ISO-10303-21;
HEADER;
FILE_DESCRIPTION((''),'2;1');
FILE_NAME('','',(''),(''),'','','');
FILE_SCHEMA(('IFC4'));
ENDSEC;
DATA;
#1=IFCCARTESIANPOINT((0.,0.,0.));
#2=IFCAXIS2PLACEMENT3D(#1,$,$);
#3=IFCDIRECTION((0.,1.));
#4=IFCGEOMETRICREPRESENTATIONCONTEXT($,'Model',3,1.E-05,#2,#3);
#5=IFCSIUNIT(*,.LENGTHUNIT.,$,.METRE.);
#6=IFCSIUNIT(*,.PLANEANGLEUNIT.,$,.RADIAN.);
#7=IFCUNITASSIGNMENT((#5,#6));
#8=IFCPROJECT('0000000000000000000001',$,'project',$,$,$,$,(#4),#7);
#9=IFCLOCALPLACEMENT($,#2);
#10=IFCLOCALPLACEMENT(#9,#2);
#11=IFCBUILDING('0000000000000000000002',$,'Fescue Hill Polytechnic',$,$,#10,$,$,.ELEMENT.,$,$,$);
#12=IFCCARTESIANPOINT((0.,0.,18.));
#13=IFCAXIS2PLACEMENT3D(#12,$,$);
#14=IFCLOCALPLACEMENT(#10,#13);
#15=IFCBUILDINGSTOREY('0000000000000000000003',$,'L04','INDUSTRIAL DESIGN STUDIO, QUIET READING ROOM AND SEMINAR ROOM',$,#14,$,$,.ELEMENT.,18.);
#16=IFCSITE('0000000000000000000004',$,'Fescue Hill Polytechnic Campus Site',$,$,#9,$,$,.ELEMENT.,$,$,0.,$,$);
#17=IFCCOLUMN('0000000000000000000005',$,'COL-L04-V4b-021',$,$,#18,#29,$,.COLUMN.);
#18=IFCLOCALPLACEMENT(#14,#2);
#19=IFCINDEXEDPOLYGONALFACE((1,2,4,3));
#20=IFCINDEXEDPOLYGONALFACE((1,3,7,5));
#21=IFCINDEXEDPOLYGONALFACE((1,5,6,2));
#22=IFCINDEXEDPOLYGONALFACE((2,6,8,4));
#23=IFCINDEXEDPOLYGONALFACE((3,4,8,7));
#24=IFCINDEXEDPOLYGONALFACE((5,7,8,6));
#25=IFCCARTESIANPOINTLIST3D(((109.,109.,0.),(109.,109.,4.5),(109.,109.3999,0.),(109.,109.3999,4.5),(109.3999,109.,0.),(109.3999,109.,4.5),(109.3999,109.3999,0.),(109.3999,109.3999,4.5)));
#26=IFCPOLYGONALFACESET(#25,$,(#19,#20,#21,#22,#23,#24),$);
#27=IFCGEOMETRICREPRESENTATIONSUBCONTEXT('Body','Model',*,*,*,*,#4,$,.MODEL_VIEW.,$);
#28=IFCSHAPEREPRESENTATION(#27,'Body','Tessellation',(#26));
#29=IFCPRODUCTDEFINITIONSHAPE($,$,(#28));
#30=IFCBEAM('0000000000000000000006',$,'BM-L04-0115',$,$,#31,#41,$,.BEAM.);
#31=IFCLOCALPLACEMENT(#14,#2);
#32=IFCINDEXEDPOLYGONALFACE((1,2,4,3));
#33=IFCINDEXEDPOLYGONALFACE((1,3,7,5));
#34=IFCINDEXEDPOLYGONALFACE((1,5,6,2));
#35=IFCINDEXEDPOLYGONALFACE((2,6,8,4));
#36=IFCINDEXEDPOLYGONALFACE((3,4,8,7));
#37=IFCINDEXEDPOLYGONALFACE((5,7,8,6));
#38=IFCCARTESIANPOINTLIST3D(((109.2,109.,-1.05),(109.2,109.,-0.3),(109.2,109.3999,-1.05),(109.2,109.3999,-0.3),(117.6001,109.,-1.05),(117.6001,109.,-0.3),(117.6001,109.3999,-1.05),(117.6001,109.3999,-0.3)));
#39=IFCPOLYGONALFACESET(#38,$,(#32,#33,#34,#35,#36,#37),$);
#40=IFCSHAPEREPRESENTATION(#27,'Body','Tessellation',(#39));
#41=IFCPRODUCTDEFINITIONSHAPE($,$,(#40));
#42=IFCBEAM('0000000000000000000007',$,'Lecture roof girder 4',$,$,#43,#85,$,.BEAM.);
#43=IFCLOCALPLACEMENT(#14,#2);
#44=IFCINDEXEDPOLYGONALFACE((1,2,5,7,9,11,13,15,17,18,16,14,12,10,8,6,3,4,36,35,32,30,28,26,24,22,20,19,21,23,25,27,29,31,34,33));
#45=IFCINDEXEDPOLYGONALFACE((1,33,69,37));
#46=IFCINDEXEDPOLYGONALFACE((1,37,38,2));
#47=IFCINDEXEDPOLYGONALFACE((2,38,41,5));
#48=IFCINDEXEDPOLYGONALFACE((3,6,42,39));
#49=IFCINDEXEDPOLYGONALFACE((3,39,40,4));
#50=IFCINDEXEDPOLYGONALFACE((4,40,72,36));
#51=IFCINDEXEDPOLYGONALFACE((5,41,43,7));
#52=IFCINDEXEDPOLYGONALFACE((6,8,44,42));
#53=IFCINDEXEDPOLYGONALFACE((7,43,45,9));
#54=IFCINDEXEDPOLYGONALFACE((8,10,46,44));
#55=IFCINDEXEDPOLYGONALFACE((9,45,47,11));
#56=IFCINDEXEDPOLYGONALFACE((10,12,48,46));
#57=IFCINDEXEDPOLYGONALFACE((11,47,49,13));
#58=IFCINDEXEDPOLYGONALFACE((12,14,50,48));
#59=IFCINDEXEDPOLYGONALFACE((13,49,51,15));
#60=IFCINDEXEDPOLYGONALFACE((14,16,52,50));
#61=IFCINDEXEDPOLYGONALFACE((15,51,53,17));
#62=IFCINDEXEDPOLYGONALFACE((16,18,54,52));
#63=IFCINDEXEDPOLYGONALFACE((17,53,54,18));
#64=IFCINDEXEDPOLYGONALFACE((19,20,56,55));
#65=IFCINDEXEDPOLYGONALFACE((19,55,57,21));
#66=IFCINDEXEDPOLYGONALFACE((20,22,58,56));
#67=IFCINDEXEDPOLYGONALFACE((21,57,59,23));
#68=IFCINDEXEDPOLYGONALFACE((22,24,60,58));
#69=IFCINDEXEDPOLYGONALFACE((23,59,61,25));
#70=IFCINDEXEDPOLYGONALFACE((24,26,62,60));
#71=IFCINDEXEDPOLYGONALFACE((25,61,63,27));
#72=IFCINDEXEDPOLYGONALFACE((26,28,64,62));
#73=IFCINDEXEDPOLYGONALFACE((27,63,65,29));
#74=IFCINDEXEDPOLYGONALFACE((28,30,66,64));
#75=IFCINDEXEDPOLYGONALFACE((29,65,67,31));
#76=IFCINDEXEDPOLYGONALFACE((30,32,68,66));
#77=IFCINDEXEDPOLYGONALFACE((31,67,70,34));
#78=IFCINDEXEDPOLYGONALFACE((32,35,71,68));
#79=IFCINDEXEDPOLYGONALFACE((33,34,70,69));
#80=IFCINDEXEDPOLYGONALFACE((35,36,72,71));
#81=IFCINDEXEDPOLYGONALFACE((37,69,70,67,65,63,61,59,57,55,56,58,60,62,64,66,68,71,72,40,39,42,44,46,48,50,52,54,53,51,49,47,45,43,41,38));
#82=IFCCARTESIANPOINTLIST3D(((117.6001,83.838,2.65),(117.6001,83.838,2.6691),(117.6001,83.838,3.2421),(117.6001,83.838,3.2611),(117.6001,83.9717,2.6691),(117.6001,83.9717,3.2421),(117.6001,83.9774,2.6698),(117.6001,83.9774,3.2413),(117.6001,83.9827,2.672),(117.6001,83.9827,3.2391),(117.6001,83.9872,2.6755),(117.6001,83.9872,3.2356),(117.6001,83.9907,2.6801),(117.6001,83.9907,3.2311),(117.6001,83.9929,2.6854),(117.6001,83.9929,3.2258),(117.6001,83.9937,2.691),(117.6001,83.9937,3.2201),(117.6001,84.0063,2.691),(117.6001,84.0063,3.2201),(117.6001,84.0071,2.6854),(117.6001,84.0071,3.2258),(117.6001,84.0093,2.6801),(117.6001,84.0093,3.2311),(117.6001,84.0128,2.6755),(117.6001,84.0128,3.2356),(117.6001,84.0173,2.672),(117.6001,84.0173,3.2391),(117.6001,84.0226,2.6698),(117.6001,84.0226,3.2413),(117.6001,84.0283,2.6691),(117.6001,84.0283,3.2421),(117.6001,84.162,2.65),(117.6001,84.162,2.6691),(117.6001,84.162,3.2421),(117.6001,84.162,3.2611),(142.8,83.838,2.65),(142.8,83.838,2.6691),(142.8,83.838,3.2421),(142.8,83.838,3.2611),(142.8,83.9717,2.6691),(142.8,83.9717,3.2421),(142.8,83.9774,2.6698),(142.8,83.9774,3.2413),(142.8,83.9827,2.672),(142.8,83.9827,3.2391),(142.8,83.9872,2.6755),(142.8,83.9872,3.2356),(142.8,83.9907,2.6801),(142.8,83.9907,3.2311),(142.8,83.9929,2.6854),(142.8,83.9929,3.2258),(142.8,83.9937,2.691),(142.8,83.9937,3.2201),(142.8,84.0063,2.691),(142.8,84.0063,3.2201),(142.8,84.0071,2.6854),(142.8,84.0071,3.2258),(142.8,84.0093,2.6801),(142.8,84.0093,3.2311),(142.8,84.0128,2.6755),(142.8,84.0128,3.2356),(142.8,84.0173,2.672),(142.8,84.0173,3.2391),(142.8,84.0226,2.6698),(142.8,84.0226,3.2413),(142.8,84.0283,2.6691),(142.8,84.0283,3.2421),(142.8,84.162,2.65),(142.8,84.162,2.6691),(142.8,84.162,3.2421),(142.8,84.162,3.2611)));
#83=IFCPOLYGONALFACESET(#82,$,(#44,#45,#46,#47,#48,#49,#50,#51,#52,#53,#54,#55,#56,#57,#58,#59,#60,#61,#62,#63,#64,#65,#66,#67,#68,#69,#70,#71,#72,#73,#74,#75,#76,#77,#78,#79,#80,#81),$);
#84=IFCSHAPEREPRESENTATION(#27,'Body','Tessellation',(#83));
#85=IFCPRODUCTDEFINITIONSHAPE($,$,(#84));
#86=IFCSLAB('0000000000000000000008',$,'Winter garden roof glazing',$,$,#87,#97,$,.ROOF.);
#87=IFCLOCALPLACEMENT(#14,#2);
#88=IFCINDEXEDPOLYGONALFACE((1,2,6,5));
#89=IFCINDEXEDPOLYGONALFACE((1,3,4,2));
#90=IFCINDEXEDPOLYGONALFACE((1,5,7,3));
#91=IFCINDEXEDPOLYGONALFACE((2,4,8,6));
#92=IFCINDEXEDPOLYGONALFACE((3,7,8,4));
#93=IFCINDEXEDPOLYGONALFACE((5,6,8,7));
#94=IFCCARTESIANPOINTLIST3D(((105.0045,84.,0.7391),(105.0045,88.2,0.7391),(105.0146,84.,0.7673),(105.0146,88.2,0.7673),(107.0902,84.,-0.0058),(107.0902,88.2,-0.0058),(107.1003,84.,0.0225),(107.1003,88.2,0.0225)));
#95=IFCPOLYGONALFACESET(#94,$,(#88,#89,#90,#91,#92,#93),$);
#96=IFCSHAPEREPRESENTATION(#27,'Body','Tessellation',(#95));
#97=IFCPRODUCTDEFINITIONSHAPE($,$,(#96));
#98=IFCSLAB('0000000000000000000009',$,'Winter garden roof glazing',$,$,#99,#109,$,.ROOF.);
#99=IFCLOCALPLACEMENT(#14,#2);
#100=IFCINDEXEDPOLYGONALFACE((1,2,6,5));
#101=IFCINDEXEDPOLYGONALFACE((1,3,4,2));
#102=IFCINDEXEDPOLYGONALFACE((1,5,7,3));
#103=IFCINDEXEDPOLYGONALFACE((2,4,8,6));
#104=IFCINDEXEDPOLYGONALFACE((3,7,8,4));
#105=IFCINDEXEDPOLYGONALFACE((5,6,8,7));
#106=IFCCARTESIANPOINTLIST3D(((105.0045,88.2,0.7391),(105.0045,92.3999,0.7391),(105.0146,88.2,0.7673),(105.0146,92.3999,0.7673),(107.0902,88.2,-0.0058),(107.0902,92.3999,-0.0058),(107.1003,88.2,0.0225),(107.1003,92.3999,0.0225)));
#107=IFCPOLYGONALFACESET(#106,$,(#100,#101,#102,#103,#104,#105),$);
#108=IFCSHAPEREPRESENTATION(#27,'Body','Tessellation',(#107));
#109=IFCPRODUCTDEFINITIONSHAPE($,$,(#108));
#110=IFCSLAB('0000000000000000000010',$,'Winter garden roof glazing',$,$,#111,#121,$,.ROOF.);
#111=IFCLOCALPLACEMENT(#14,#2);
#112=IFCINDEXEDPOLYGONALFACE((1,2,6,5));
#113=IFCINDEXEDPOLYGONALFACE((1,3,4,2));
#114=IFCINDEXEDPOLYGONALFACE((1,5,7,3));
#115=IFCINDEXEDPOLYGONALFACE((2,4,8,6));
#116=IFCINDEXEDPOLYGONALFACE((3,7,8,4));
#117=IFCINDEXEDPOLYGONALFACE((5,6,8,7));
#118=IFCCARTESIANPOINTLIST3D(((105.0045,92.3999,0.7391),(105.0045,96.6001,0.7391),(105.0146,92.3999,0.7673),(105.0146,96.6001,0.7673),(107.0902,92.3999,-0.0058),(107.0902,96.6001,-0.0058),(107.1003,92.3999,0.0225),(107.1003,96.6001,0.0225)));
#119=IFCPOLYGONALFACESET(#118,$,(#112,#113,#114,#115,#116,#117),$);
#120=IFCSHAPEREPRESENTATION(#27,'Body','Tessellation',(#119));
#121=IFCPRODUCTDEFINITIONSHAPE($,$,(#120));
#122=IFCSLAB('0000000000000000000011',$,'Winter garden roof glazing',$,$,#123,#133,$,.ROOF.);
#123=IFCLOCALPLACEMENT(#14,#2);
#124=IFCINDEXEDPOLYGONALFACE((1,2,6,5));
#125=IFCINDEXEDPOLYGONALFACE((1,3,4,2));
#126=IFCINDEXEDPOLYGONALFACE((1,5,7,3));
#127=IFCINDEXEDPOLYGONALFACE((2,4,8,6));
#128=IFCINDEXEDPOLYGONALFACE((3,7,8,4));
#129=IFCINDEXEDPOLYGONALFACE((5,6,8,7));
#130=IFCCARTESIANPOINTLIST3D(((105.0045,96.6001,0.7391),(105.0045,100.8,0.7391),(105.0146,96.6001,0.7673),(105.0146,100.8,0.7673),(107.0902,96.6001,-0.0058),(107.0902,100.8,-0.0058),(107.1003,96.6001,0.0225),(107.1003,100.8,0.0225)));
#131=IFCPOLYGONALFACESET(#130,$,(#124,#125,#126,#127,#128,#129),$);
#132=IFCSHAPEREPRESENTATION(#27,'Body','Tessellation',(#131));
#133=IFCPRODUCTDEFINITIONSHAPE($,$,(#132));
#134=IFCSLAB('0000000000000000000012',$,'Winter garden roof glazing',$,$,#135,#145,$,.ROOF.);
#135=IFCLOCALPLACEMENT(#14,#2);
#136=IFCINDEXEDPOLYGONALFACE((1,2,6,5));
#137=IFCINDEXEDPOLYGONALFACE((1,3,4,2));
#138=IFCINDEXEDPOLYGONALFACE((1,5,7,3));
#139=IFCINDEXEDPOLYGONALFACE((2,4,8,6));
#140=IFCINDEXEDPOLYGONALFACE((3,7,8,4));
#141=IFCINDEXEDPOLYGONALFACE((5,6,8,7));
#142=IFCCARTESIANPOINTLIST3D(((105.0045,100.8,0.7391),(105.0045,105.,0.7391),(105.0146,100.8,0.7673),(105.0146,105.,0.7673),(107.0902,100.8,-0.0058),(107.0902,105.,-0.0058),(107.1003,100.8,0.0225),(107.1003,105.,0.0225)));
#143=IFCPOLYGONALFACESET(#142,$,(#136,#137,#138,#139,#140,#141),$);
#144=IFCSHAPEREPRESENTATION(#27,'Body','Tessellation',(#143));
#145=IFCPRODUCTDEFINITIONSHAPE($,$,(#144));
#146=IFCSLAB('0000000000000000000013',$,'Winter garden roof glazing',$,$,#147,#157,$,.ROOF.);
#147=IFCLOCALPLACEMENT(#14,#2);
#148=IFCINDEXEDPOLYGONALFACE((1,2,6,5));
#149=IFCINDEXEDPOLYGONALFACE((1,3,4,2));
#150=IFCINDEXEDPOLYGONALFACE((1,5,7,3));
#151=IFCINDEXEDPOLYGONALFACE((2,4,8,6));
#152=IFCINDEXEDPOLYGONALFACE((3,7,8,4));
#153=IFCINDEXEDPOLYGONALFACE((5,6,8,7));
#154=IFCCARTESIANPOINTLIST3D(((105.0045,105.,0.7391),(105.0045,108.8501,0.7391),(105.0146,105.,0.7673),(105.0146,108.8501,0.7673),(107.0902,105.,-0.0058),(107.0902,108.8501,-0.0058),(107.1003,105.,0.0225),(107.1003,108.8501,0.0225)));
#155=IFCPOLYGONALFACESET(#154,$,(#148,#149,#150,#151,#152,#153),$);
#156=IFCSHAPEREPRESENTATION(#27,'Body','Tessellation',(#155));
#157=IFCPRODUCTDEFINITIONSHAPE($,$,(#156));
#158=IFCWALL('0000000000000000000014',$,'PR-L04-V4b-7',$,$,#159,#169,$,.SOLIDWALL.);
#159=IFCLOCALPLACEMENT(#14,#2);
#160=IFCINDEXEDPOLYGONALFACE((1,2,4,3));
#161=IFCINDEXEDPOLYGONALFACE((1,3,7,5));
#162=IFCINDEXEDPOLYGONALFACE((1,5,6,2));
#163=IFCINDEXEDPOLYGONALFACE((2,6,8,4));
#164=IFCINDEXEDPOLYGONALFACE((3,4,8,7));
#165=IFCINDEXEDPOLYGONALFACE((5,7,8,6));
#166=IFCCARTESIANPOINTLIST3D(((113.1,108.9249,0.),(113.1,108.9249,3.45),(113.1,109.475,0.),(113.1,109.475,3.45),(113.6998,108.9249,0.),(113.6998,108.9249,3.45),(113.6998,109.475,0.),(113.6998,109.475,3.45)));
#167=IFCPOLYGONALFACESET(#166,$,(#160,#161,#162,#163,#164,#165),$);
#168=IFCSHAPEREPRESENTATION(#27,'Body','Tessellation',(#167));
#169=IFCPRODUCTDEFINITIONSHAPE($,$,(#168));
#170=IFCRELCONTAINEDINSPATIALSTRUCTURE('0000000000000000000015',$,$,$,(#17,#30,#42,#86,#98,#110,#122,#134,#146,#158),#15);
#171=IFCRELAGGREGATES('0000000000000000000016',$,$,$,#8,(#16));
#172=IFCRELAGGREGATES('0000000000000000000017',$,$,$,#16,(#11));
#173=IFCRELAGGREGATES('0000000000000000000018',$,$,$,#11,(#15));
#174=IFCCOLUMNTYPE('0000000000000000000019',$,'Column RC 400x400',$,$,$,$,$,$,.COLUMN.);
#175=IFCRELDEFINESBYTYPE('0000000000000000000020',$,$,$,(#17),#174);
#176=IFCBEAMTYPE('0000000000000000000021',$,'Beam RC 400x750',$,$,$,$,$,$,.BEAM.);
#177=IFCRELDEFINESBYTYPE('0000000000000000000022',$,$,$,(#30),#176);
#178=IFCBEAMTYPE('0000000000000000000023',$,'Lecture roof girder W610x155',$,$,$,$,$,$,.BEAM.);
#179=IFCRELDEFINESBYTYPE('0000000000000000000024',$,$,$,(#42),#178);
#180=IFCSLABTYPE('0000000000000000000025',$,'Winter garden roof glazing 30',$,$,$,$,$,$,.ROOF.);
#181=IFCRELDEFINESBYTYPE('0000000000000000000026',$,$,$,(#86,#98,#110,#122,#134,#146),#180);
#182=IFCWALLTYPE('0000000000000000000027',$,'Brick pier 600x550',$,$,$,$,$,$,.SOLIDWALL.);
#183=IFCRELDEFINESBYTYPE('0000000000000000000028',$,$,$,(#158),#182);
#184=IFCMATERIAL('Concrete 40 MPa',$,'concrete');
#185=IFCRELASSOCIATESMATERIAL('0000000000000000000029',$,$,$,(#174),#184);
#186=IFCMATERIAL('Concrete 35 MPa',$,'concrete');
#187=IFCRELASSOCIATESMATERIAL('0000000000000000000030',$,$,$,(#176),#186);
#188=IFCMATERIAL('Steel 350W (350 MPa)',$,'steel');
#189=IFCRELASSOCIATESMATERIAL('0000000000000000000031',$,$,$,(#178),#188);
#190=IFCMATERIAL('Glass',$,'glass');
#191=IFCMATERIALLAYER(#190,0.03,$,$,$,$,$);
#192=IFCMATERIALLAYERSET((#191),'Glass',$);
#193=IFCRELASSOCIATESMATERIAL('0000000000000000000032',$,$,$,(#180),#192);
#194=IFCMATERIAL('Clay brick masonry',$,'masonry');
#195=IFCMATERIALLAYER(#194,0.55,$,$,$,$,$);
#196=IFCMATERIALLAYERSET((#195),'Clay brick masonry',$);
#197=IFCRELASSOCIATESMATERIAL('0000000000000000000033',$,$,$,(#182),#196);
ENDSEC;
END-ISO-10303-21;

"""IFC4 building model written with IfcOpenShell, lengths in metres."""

from ifc_helpers import new_model, si_unit, direction, frame, frame_2d, origin, origin_2d, place, context, subcontext, project, spatial, polyline, rectangle, i_section, outline, extrude, material, layer, layer_set, material_profile, profile_set, type_object, element, save


model = new_model("IFC4")

# Units and contexts
model_context = context("Model", 3, precision=1e-05, world=origin(), true_north=direction((0.0, 1.0)))
body_context = subcontext(model_context, "Body", "Model", "MODEL_VIEW")
ifc_project = project(units=[si_unit("LENGTHUNIT", "METRE"), si_unit("PLANEANGLEUNIT", "RADIAN")], contexts=[model_context])

# Site, building, storey
site_placement = place(None, origin())
site = spatial("IfcSite", under=ifc_project, at=site_placement, Name="Fescue Hill Polytechnic Campus Site", CompositionType="ELEMENT", RefElevation=0.0)
building_placement = place(site_placement, origin())
building = spatial("IfcBuilding", under=site, at=building_placement, Name="Fescue Hill Polytechnic", CompositionType="ELEMENT")
storey_placement = place(building_placement, frame((0.0, 0.0, 18.0)))
storey = spatial("IfcBuildingStorey", under=building, at=storey_placement, Name="L04", Description="INDUSTRIAL DESIGN STUDIO, QUIET READING ROOM AND SEMINAR ROOM", CompositionType="ELEMENT", Elevation=18.0)

# Column
ifc_material_1 = material(Name="Concrete 40 MPa", Category="concrete")
ifc_material_profile_1 = material_profile(ifc_material_1, rectangle(XDim=0.3999, YDim=0.3999, at=origin_2d()), Name="RC 400x400")
ifc_profile_set_1 = profile_set([ifc_material_profile_1], Name="Concrete 40 MPa")
column_type = type_object("IfcColumnType", Name="Column RC 400x400", PredefinedType="COLUMN", material=ifc_profile_set_1)
column_placement = place(storey_placement, frame((109.2, 109.2, 0.0), z_axis=(0.0, 0.0, 1.0), x_axis=(1.0, 0.0, 0.0)))
element("IfcColumn", 1, at=column_placement, inside=storey, type_object=column_type, Name="COL-L04-V4b-021", PredefinedType="COLUMN", context=body_context, shape_type="SweptSolid", body=[
    extrude(rectangle(XDim=0.3999, YDim=0.3999, at=origin_2d()), origin(), (0.0, 0.0, 1.0), 4.5),
])

# Beams
ifc_material_2 = material(Name="Concrete 35 MPa", Category="concrete")
ifc_material_profile_2 = material_profile(ifc_material_2, rectangle(XDim=0.3999, YDim=0.75, at=origin_2d()), Name="RC 400x750")
ifc_profile_set_2 = profile_set([ifc_material_profile_2], Name="Concrete 35 MPa")
beam_type_1 = type_object("IfcBeamType", Name="Beam RC 400x750", PredefinedType="BEAM", material=ifc_profile_set_2)
beam_1_placement = place(storey_placement, frame((109.2, 109.2, -0.675), z_axis=(1.0, 0.0, 0.0), x_axis=(0.0, 1.0, 0.0)))
element("IfcBeam", 2, at=beam_1_placement, inside=storey, type_object=beam_type_1, Name="BM-L04-0115", PredefinedType="BEAM", context=body_context, shape_type="SweptSolid", body=[
    extrude(rectangle(XDim=0.3999, YDim=0.75, at=origin_2d()), origin(), (0.0, 0.0, 1.0), 8.4001),
])
ifc_material_3 = material(Name="Steel 350W (350 MPa)", Category="steel")
ifc_material_profile_3 = material_profile(ifc_material_3, i_section(OverallWidth=0.324, OverallDepth=0.6111, WebThickness=0.0127, FlangeThickness=0.019, FilletRadius=0.022, at=origin_2d()), Name="W610x155")
ifc_profile_set_3 = profile_set([ifc_material_profile_3], Name="Steel 350W (350 MPa)")
beam_type_2 = type_object("IfcBeamType", Name="Lecture roof girder W610x155", PredefinedType="BEAM", material=ifc_profile_set_3)
beam_2_placement = place(storey_placement, frame((117.6001, 84.0, 2.9556), z_axis=(1.0, 0.0, 0.0), x_axis=(0.0, 1.0, 0.0)))
element("IfcBeam", 3, at=beam_2_placement, inside=storey, type_object=beam_type_2, Name="Lecture roof girder 4", PredefinedType="BEAM", context=body_context, shape_type="SweptSolid", body=[
    extrude(i_section(OverallWidth=0.324, OverallDepth=0.6111, WebThickness=0.0127, FlangeThickness=0.019, FilletRadius=0.022, at=origin_2d()), origin(), (0.0, 0.0, 1.0), 25.2),
])

# Slabs
ifc_material_4 = material(Name="Glass", Category="glass")
ifc_layer_1 = layer(ifc_material_4, 0.03)
ifc_layer_set_1 = layer_set([ifc_layer_1], Name="Glass")
slab_type = type_object("IfcSlabType", Name="Winter garden roof glazing 30", PredefinedType="ROOF", material=ifc_layer_set_1)
for number, where, z_axis, x_axis, name in (
    (4, (107.1003, 84.0, 0.0225), (0.336329, 0.0, 0.941744), (0.0, 1.0, 0.0), "Winter garden roof glazing"),
    (5, (107.1003, 88.2, 0.0225), (0.336329, 0.0, 0.941744), (0.0, 1.0, 0.0), "Winter garden roof glazing"),
):
    element("IfcSlab", number, at=place(storey_placement, frame(where, z_axis=z_axis, x_axis=x_axis)), inside=storey, type_object=slab_type, Name=name, PredefinedType="ROOF", context=body_context, shape_type="SweptSolid", body=[
        extrude(outline(polyline([(0.0, 0.0), (4.2, 0.0), (4.2, 2.2147), (0.0, 2.2147), (0.0, 0.0)])), origin(), (0.0, 0.0, -1.0), 0.03),
    ])
slab_1_placement = place(storey_placement, frame((107.1003, 92.3999, 0.0225), z_axis=(0.336329, 0.0, 0.941744), x_axis=(0.0, 1.0, 0.0)))
element("IfcSlab", 6, at=slab_1_placement, inside=storey, type_object=slab_type, Name="Winter garden roof glazing", PredefinedType="ROOF", context=body_context, shape_type="SweptSolid", body=[
    extrude(outline(polyline([(0.0, 0.0), (4.2002, 0.0), (4.2002, 2.2147), (0.0, 2.2147), (0.0, 0.0)])), origin(), (0.0, 0.0, -1.0), 0.03),
])
for number, where, z_axis, x_axis, name in (
    (7, (107.1003, 96.6001, 0.0225), (0.336329, 0.0, 0.941744), (0.0, 1.0, 0.0), "Winter garden roof glazing"),
    (8, (107.1003, 100.8, 0.0225), (0.336329, 0.0, 0.941744), (0.0, 1.0, 0.0), "Winter garden roof glazing"),
):
    element("IfcSlab", number, at=place(storey_placement, frame(where, z_axis=z_axis, x_axis=x_axis)), inside=storey, type_object=slab_type, Name=name, PredefinedType="ROOF", context=body_context, shape_type="SweptSolid", body=[
        extrude(outline(polyline([(0.0, 0.0), (4.2, 0.0), (4.2, 2.2147), (0.0, 2.2147), (0.0, 0.0)])), origin(), (0.0, 0.0, -1.0), 0.03),
    ])
slab_2_placement = place(storey_placement, frame((107.1003, 105.0, 0.0225), z_axis=(0.336329, 0.0, 0.941744), x_axis=(0.0, 1.0, 0.0)))
element("IfcSlab", 9, at=slab_2_placement, inside=storey, type_object=slab_type, Name="Winter garden roof glazing", PredefinedType="ROOF", context=body_context, shape_type="SweptSolid", body=[
    extrude(outline(polyline([(0.0, 0.0), (3.8501, 0.0), (3.8501, 2.2147), (0.0, 2.2147), (0.0, 0.0)])), origin(), (0.0, 0.0, -1.0), 0.03),
])

# Wall
ifc_material_5 = material(Name="Clay brick masonry", Category="masonry")
ifc_layer_2 = layer(ifc_material_5, 0.55)
ifc_layer_set_2 = layer_set([ifc_layer_2], Name="Clay brick masonry")
wall_type_1 = type_object("IfcWallType", Name="Brick pier 600x550", PredefinedType="SOLIDWALL", material=ifc_layer_set_2)
wall_1_placement = place(storey_placement, frame((113.1001, 109.2, 0.0), z_axis=(0.0, 0.0, 1.0), x_axis=(1.0, 0.0, 0.0)))
element("IfcWall", 10, at=wall_1_placement, inside=storey, type_object=wall_type_1, Name="PR-L04-V4b-7", PredefinedType="SOLIDWALL", context=body_context, shape_type="SweptSolid", body=[
    extrude(rectangle(XDim=0.5999, YDim=0.55, at=frame_2d((0.2998, 0.0))), origin(), (0.0, 0.0, 1.0), 3.45),
])

save(model, "model.ifc")
